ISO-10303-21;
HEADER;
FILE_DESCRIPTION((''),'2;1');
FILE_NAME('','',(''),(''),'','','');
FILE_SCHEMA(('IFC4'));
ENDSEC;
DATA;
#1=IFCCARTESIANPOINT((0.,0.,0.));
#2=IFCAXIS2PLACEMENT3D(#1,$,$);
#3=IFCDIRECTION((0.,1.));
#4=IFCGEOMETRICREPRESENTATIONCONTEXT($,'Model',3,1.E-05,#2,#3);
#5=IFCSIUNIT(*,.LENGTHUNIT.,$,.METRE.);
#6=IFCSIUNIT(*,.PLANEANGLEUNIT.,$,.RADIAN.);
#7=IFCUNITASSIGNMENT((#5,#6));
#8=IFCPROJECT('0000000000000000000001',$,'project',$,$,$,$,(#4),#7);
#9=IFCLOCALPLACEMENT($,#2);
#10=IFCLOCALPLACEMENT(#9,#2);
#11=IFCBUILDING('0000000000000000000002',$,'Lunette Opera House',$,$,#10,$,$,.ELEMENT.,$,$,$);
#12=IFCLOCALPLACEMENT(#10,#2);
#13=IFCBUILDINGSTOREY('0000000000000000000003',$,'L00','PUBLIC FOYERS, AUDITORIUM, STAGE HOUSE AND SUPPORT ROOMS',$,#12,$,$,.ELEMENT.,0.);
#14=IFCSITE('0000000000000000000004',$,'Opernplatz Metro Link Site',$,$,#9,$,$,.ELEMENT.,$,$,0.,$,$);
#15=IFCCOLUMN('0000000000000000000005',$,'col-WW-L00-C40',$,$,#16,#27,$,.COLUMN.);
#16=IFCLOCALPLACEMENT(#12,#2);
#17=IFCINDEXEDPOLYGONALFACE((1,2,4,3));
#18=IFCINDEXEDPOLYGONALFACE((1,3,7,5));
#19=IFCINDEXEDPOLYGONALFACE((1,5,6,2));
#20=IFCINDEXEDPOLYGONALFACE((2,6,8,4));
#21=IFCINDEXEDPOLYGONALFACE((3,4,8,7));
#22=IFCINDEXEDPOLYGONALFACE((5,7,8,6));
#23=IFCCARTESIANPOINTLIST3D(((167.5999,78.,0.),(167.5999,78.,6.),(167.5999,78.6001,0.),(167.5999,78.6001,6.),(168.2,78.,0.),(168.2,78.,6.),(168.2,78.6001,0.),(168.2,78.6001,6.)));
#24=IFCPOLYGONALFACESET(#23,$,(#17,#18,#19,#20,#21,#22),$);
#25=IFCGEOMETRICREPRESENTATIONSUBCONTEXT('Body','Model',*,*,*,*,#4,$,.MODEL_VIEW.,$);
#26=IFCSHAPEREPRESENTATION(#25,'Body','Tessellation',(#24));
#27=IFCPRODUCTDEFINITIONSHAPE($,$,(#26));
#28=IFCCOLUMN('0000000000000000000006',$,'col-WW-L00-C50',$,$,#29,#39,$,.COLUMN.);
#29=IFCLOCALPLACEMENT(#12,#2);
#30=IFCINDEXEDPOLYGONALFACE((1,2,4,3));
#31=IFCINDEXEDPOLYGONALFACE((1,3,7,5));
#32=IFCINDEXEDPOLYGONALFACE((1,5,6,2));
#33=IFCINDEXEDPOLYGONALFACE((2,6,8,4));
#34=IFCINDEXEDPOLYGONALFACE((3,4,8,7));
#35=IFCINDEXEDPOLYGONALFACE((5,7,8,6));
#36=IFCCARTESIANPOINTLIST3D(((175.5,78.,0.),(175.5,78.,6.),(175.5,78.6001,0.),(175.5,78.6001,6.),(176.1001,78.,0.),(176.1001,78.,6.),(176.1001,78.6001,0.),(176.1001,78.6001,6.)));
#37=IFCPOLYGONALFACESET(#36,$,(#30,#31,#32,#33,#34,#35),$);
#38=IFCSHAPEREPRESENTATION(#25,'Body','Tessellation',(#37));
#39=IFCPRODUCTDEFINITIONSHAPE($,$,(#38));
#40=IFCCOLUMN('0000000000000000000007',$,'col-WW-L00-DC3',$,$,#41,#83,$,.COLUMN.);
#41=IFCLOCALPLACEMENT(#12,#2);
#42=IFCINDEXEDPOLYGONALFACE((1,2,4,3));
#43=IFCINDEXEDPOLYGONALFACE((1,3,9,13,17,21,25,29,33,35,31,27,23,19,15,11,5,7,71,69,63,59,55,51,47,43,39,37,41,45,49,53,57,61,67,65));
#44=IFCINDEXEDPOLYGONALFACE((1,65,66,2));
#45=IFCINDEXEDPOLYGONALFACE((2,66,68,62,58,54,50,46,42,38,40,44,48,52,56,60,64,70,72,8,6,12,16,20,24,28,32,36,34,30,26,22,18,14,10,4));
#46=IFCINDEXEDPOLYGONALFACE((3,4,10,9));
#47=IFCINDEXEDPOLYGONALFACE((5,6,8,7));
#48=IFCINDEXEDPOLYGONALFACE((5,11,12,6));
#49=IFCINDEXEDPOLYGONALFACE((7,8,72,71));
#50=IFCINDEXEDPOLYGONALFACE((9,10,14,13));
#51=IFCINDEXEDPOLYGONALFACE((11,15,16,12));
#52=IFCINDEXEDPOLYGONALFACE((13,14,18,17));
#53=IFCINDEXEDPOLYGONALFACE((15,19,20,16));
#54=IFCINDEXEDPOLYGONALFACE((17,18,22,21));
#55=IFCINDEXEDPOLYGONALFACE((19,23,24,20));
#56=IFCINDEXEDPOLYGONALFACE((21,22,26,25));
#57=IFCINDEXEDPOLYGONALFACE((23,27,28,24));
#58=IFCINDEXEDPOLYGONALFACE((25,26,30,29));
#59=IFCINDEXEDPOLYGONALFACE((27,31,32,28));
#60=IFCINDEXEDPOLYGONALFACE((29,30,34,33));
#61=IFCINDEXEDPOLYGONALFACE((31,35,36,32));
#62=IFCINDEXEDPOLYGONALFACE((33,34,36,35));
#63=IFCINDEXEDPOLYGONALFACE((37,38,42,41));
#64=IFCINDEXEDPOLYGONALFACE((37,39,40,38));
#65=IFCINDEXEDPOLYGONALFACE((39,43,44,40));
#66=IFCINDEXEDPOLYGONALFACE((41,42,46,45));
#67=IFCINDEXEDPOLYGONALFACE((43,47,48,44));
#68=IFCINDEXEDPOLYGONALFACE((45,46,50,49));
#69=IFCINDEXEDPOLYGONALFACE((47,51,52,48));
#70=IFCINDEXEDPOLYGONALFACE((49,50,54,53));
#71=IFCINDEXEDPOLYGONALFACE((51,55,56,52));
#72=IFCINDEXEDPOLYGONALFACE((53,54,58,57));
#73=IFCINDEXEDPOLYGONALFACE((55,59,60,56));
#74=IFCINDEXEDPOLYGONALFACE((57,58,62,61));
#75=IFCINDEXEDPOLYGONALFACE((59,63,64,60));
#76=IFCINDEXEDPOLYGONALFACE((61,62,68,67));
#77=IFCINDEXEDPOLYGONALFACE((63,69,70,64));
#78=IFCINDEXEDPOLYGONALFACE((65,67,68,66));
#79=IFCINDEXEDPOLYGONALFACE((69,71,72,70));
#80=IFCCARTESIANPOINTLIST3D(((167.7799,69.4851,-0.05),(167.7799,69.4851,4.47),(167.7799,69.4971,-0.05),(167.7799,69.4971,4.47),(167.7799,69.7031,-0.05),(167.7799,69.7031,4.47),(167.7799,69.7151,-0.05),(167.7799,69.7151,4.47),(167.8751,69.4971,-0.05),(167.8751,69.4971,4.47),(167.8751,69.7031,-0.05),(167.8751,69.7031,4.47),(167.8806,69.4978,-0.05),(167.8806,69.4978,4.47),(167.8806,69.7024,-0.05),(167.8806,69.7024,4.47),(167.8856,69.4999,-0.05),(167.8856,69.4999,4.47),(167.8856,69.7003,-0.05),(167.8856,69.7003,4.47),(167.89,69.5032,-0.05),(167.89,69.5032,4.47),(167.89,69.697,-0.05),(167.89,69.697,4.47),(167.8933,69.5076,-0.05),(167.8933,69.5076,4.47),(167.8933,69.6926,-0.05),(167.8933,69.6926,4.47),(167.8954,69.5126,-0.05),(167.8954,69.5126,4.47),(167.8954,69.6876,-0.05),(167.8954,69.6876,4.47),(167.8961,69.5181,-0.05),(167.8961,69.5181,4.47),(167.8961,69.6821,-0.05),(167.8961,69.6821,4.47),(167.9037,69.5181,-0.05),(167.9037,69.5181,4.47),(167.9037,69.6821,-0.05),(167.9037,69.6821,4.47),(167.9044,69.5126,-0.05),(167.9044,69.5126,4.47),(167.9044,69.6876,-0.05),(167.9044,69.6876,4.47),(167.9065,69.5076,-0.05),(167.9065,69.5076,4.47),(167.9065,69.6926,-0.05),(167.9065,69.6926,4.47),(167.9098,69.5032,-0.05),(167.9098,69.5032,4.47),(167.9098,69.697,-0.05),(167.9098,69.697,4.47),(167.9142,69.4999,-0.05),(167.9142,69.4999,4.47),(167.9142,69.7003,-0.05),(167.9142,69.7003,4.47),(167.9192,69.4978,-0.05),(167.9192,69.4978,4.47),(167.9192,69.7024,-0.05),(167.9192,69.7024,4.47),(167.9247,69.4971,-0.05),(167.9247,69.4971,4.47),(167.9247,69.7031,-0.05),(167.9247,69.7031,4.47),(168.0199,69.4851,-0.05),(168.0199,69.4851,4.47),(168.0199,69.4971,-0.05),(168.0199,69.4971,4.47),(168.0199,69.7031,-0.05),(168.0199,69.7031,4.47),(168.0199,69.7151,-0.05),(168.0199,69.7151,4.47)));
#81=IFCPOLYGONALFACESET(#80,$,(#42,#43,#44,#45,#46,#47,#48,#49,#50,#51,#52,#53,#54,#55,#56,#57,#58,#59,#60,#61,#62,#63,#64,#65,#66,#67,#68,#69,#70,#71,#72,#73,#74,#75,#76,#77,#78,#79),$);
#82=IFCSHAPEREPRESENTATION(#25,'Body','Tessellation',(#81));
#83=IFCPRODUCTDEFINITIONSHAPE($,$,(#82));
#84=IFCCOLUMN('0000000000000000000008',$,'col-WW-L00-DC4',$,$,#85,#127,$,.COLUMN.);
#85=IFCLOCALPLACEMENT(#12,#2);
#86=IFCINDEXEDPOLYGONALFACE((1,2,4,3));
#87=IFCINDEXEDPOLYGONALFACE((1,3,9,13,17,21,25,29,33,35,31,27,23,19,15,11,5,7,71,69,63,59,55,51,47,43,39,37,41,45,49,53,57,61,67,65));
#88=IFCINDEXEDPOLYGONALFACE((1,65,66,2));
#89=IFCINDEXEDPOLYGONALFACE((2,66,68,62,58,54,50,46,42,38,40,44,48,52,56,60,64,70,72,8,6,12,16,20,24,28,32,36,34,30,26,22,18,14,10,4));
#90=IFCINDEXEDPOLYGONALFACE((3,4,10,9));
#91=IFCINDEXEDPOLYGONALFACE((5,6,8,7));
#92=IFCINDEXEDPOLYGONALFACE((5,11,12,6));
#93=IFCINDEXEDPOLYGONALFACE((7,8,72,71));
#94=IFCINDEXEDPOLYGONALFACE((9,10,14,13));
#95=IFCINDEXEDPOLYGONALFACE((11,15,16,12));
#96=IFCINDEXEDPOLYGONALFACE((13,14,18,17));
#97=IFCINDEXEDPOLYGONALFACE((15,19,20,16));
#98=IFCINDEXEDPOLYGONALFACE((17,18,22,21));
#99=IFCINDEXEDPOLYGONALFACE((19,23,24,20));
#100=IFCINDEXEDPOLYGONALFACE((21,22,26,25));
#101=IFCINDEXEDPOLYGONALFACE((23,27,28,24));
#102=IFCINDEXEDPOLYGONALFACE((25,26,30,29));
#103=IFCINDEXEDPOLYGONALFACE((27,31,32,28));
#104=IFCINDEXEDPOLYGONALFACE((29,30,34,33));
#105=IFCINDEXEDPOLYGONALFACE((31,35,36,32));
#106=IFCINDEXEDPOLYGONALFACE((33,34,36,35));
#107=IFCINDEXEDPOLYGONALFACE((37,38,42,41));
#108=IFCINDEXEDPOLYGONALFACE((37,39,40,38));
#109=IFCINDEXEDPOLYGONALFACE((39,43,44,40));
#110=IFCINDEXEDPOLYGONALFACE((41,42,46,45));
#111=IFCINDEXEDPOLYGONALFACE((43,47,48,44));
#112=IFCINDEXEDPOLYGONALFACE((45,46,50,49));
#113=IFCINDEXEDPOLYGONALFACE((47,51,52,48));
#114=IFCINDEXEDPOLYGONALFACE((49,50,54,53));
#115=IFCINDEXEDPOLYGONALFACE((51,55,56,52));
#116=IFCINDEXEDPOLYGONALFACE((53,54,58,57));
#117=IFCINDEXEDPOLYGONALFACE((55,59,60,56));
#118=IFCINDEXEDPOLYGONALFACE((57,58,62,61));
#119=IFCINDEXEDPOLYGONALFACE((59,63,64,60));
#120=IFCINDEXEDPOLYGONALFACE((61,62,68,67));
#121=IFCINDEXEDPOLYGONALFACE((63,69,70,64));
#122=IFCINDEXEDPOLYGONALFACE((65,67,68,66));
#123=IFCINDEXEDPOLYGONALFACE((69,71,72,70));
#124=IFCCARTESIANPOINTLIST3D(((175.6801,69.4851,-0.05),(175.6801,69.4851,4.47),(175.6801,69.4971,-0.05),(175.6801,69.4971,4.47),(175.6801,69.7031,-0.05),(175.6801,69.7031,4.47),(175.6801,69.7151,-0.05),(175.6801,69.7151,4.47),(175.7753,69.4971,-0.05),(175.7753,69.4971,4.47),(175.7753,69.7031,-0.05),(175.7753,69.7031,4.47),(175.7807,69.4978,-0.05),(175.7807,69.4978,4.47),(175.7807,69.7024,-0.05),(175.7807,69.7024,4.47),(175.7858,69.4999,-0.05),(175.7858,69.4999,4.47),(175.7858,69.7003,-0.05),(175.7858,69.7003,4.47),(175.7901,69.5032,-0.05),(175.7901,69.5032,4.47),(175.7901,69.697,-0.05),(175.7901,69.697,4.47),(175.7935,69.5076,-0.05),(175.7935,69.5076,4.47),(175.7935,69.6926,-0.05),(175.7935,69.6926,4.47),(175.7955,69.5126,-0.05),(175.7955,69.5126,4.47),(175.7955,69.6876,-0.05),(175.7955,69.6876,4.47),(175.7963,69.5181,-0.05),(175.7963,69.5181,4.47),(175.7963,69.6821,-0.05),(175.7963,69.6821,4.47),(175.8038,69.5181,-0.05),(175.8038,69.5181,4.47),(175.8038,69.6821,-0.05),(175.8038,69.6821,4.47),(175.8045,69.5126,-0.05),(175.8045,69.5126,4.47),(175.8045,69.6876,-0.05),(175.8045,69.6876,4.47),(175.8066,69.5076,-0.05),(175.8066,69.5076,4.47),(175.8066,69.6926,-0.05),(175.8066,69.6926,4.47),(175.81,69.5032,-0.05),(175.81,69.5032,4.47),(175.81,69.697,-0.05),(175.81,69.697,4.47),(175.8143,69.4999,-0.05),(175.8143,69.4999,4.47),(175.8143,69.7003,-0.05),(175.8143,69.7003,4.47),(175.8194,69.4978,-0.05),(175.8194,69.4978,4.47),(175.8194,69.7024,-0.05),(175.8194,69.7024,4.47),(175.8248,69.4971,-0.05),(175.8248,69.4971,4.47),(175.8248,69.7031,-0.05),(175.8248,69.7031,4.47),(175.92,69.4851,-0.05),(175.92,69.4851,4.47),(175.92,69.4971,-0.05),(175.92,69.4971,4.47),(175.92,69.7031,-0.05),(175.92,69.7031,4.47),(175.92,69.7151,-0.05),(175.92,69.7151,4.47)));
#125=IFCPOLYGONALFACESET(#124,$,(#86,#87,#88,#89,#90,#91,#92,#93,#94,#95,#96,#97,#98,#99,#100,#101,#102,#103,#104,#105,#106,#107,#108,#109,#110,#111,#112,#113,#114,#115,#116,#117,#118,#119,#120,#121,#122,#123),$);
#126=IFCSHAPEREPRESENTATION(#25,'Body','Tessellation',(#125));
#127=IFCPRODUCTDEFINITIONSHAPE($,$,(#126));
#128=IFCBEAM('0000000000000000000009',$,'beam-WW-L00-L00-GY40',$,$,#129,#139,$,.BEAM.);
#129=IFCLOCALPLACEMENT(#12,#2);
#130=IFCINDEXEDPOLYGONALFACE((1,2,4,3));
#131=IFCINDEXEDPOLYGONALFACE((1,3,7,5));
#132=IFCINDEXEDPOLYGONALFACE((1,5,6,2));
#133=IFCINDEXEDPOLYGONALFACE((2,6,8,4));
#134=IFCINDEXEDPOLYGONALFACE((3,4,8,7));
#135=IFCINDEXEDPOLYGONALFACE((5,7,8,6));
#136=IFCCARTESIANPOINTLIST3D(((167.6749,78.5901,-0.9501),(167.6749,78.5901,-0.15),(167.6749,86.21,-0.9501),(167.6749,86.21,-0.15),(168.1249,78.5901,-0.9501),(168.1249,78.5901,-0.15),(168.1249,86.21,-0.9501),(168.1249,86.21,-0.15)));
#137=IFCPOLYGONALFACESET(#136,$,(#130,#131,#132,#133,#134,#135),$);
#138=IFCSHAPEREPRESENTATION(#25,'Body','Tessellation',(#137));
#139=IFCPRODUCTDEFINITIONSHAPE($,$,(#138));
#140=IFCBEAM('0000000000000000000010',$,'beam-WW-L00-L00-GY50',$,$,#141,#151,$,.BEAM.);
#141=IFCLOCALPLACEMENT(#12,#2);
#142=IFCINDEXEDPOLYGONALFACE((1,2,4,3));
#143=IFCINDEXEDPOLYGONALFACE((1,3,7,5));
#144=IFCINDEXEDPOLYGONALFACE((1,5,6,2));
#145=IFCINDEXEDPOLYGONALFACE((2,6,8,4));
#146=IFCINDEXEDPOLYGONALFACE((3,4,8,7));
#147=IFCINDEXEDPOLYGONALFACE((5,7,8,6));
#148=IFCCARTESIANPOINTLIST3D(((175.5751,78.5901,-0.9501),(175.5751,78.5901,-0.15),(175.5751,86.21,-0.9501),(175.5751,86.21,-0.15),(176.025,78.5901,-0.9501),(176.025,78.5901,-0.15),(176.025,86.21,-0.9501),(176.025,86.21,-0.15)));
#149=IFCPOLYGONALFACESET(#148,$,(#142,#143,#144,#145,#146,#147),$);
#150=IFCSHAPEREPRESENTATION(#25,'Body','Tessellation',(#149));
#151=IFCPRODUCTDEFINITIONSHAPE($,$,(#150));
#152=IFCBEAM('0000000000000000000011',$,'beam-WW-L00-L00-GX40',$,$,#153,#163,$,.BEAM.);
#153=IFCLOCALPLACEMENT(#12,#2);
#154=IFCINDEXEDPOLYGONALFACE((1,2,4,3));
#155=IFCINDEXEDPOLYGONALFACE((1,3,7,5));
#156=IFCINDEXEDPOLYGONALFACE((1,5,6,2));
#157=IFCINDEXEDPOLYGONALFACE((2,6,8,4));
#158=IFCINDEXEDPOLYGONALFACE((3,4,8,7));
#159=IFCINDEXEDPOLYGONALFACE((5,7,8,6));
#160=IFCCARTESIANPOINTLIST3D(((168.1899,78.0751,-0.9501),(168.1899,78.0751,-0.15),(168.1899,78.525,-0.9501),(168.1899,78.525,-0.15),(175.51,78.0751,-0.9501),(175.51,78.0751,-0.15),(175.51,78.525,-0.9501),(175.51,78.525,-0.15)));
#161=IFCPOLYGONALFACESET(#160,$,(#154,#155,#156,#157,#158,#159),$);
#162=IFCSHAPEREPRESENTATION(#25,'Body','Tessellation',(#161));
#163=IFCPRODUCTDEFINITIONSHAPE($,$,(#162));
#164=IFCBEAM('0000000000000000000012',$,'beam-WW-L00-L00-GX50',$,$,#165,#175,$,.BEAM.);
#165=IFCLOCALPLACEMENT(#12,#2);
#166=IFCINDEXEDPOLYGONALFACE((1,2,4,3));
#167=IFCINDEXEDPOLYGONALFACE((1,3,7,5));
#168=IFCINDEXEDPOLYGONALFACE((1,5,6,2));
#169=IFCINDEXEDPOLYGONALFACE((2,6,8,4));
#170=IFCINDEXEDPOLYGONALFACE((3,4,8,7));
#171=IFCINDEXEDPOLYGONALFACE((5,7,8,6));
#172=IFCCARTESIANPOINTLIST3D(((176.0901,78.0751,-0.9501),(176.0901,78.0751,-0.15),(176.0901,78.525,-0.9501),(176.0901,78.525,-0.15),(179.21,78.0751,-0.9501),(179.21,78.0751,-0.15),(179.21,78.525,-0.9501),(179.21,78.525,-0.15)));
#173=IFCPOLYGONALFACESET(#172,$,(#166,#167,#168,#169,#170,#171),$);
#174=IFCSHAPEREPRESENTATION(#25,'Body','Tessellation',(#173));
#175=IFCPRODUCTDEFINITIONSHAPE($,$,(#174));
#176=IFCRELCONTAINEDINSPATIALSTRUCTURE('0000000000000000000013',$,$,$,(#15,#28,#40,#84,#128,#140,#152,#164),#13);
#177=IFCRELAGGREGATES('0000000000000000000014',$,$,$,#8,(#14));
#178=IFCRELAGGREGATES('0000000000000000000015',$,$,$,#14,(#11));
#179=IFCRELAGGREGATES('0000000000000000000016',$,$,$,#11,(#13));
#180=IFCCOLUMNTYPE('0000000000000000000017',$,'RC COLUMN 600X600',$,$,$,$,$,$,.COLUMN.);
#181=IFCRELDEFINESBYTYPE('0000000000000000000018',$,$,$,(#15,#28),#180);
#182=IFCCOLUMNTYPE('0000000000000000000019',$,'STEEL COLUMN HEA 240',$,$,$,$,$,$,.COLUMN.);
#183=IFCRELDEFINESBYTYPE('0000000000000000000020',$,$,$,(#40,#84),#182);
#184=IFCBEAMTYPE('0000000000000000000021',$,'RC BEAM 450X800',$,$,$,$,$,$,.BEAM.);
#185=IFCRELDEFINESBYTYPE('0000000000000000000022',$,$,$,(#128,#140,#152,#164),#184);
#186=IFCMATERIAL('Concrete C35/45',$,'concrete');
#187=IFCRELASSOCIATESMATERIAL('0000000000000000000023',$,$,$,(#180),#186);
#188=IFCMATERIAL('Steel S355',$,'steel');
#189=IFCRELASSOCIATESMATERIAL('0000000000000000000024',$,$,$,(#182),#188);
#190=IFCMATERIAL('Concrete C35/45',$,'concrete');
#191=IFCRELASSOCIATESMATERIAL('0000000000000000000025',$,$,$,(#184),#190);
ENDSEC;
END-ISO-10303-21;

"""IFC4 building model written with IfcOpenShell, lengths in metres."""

from ifc_helpers import new_model, si_unit, direction, frame, origin, origin_2d, place, context, subcontext, project, spatial, rectangle, i_section, extrude, material, material_profile, profile_set, type_object, element, save


model = new_model("IFC4")

# Units and contexts
model_context = context("Model", 3, precision=1e-05, world=origin(), true_north=direction((0.0, 1.0)))
body_context = subcontext(model_context, "Body", "Model", "MODEL_VIEW")
ifc_project = project(units=[si_unit("LENGTHUNIT", "METRE"), si_unit("PLANEANGLEUNIT", "RADIAN")], contexts=[model_context])

# Site, building, storey
site_placement = place(None, origin())
site = spatial("IfcSite", under=ifc_project, at=site_placement, Name="Opernplatz Metro Link Site", CompositionType="ELEMENT", RefElevation=0.0)
building_placement = place(site_placement, origin())
building = spatial("IfcBuilding", under=site, at=building_placement, Name="Lunette Opera House", CompositionType="ELEMENT")
storey_placement = place(building_placement, origin())
storey = spatial("IfcBuildingStorey", under=building, at=storey_placement, Name="L00", Description="PUBLIC FOYERS, AUDITORIUM, STAGE HOUSE AND SUPPORT ROOMS", CompositionType="ELEMENT", Elevation=0.0)

# Columns
ifc_material_1 = material(Name="Concrete C35/45", Category="concrete")
ifc_material_profile_1 = material_profile(ifc_material_1, rectangle(XDim=0.6001, YDim=0.6001, at=origin_2d()), Name="RC COLUMN 600X600")
ifc_profile_set_1 = profile_set([ifc_material_profile_1], Name="Concrete C35/45")
column_type_1 = type_object("IfcColumnType", Name="RC COLUMN 600X600", PredefinedType="COLUMN", material=ifc_profile_set_1)
for number, where, z_axis, x_axis, name in (
    (1, (167.8999, 78.3, 0.0), (0.0, 0.0, 1.0), (1.0, 0.0, 0.0), "col-WW-L00-C40"),
    (2, (175.8, 78.3, 0.0), (0.0, 0.0, 1.0), (1.0, 0.0, 0.0), "col-WW-L00-C50"),
):
    element("IfcColumn", number, at=place(storey_placement, frame(where, z_axis=z_axis, x_axis=x_axis)), inside=storey, type_object=column_type_1, Name=name, PredefinedType="COLUMN", context=body_context, shape_type="SweptSolid", body=[
        extrude(rectangle(XDim=0.6001, YDim=0.6001, at=origin_2d()), origin(), (0.0, 0.0, 1.0), 6.0),
    ])
ifc_material_2 = material(Name="Steel S355", Category="steel")
ifc_material_profile_2 = material_profile(ifc_material_2, i_section(OverallWidth=0.24, OverallDepth=0.23, WebThickness=0.0076, FlangeThickness=0.012, FilletRadius=0.021, at=origin_2d()), Name="HEA 240")
ifc_profile_set_2 = profile_set([ifc_material_profile_2], Name="Steel S355")
column_type_2 = type_object("IfcColumnType", Name="STEEL COLUMN HEA 240", PredefinedType="COLUMN", material=ifc_profile_set_2)
for number, where, z_axis, x_axis, name in (
    (3, (167.8999, 69.6001, -0.05), (0.0, 0.0, 1.0), (1.0, 0.0, 0.0), "col-WW-L00-DC3"),
    (4, (175.8, 69.6001, -0.05), (0.0, 0.0, 1.0), (1.0, 0.0, 0.0), "col-WW-L00-DC4"),
):
    element("IfcColumn", number, at=place(storey_placement, frame(where, z_axis=z_axis, x_axis=x_axis)), inside=storey, type_object=column_type_2, Name=name, PredefinedType="COLUMN", context=body_context, shape_type="SweptSolid", body=[
        extrude(i_section(OverallWidth=0.24, OverallDepth=0.23, WebThickness=0.0076, FlangeThickness=0.012, FilletRadius=0.021, at=origin_2d()), origin(), (0.0, 0.0, 1.0), 4.52),
    ])

# Beams
ifc_material_3 = material(Name="Concrete C35/45", Category="concrete")
ifc_material_profile_3 = material_profile(ifc_material_3, rectangle(XDim=0.45, YDim=0.8, at=origin_2d()), Name="RC BEAM 450X800")
ifc_profile_set_3 = profile_set([ifc_material_profile_3], Name="Concrete C35/45")
beam_type_1 = type_object("IfcBeamType", Name="RC BEAM 450X800", PredefinedType="BEAM", material=ifc_profile_set_3)
for number, where, z_axis, x_axis, name in (
    (5, (167.8999, 78.5901, -0.55), (0.0, 1.0, 0.0), (-1.0, 0.0, 0.0), "beam-WW-L00-L00-GY40"),
    (6, (175.8, 78.5901, -0.55), (0.0, 1.0, 0.0), (-1.0, 0.0, 0.0), "beam-WW-L00-L00-GY50"),
):
    element("IfcBeam", number, at=place(storey_placement, frame(where, z_axis=z_axis, x_axis=x_axis)), inside=storey, type_object=beam_type_1, Name=name, PredefinedType="BEAM", context=body_context, shape_type="SweptSolid", body=[
        extrude(rectangle(XDim=0.45, YDim=0.8, at=origin_2d()), origin(), (0.0, 0.0, 1.0), 7.6199),
    ])
beam_1_placement = place(storey_placement, frame((168.1899, 78.3, -0.55), z_axis=(1.0, 0.0, 0.0), x_axis=(0.0, 1.0, 0.0)))
element("IfcBeam", 7, at=beam_1_placement, inside=storey, type_object=beam_type_1, Name="beam-WW-L00-L00-GX40", PredefinedType="BEAM", context=body_context, shape_type="SweptSolid", body=[
    extrude(rectangle(XDim=0.45, YDim=0.8, at=origin_2d()), origin(), (0.0, 0.0, 1.0), 7.3201),
])
beam_2_placement = place(storey_placement, frame((176.0901, 78.3, -0.55), z_axis=(1.0, 0.0, 0.0), x_axis=(0.0, 1.0, 0.0)))
element("IfcBeam", 8, at=beam_2_placement, inside=storey, type_object=beam_type_1, Name="beam-WW-L00-L00-GX50", PredefinedType="BEAM", context=body_context, shape_type="SweptSolid", body=[
    extrude(rectangle(XDim=0.45, YDim=0.8, at=origin_2d()), origin(), (0.0, 0.0, 1.0), 3.1199),
])

save(model, "model.ifc")
